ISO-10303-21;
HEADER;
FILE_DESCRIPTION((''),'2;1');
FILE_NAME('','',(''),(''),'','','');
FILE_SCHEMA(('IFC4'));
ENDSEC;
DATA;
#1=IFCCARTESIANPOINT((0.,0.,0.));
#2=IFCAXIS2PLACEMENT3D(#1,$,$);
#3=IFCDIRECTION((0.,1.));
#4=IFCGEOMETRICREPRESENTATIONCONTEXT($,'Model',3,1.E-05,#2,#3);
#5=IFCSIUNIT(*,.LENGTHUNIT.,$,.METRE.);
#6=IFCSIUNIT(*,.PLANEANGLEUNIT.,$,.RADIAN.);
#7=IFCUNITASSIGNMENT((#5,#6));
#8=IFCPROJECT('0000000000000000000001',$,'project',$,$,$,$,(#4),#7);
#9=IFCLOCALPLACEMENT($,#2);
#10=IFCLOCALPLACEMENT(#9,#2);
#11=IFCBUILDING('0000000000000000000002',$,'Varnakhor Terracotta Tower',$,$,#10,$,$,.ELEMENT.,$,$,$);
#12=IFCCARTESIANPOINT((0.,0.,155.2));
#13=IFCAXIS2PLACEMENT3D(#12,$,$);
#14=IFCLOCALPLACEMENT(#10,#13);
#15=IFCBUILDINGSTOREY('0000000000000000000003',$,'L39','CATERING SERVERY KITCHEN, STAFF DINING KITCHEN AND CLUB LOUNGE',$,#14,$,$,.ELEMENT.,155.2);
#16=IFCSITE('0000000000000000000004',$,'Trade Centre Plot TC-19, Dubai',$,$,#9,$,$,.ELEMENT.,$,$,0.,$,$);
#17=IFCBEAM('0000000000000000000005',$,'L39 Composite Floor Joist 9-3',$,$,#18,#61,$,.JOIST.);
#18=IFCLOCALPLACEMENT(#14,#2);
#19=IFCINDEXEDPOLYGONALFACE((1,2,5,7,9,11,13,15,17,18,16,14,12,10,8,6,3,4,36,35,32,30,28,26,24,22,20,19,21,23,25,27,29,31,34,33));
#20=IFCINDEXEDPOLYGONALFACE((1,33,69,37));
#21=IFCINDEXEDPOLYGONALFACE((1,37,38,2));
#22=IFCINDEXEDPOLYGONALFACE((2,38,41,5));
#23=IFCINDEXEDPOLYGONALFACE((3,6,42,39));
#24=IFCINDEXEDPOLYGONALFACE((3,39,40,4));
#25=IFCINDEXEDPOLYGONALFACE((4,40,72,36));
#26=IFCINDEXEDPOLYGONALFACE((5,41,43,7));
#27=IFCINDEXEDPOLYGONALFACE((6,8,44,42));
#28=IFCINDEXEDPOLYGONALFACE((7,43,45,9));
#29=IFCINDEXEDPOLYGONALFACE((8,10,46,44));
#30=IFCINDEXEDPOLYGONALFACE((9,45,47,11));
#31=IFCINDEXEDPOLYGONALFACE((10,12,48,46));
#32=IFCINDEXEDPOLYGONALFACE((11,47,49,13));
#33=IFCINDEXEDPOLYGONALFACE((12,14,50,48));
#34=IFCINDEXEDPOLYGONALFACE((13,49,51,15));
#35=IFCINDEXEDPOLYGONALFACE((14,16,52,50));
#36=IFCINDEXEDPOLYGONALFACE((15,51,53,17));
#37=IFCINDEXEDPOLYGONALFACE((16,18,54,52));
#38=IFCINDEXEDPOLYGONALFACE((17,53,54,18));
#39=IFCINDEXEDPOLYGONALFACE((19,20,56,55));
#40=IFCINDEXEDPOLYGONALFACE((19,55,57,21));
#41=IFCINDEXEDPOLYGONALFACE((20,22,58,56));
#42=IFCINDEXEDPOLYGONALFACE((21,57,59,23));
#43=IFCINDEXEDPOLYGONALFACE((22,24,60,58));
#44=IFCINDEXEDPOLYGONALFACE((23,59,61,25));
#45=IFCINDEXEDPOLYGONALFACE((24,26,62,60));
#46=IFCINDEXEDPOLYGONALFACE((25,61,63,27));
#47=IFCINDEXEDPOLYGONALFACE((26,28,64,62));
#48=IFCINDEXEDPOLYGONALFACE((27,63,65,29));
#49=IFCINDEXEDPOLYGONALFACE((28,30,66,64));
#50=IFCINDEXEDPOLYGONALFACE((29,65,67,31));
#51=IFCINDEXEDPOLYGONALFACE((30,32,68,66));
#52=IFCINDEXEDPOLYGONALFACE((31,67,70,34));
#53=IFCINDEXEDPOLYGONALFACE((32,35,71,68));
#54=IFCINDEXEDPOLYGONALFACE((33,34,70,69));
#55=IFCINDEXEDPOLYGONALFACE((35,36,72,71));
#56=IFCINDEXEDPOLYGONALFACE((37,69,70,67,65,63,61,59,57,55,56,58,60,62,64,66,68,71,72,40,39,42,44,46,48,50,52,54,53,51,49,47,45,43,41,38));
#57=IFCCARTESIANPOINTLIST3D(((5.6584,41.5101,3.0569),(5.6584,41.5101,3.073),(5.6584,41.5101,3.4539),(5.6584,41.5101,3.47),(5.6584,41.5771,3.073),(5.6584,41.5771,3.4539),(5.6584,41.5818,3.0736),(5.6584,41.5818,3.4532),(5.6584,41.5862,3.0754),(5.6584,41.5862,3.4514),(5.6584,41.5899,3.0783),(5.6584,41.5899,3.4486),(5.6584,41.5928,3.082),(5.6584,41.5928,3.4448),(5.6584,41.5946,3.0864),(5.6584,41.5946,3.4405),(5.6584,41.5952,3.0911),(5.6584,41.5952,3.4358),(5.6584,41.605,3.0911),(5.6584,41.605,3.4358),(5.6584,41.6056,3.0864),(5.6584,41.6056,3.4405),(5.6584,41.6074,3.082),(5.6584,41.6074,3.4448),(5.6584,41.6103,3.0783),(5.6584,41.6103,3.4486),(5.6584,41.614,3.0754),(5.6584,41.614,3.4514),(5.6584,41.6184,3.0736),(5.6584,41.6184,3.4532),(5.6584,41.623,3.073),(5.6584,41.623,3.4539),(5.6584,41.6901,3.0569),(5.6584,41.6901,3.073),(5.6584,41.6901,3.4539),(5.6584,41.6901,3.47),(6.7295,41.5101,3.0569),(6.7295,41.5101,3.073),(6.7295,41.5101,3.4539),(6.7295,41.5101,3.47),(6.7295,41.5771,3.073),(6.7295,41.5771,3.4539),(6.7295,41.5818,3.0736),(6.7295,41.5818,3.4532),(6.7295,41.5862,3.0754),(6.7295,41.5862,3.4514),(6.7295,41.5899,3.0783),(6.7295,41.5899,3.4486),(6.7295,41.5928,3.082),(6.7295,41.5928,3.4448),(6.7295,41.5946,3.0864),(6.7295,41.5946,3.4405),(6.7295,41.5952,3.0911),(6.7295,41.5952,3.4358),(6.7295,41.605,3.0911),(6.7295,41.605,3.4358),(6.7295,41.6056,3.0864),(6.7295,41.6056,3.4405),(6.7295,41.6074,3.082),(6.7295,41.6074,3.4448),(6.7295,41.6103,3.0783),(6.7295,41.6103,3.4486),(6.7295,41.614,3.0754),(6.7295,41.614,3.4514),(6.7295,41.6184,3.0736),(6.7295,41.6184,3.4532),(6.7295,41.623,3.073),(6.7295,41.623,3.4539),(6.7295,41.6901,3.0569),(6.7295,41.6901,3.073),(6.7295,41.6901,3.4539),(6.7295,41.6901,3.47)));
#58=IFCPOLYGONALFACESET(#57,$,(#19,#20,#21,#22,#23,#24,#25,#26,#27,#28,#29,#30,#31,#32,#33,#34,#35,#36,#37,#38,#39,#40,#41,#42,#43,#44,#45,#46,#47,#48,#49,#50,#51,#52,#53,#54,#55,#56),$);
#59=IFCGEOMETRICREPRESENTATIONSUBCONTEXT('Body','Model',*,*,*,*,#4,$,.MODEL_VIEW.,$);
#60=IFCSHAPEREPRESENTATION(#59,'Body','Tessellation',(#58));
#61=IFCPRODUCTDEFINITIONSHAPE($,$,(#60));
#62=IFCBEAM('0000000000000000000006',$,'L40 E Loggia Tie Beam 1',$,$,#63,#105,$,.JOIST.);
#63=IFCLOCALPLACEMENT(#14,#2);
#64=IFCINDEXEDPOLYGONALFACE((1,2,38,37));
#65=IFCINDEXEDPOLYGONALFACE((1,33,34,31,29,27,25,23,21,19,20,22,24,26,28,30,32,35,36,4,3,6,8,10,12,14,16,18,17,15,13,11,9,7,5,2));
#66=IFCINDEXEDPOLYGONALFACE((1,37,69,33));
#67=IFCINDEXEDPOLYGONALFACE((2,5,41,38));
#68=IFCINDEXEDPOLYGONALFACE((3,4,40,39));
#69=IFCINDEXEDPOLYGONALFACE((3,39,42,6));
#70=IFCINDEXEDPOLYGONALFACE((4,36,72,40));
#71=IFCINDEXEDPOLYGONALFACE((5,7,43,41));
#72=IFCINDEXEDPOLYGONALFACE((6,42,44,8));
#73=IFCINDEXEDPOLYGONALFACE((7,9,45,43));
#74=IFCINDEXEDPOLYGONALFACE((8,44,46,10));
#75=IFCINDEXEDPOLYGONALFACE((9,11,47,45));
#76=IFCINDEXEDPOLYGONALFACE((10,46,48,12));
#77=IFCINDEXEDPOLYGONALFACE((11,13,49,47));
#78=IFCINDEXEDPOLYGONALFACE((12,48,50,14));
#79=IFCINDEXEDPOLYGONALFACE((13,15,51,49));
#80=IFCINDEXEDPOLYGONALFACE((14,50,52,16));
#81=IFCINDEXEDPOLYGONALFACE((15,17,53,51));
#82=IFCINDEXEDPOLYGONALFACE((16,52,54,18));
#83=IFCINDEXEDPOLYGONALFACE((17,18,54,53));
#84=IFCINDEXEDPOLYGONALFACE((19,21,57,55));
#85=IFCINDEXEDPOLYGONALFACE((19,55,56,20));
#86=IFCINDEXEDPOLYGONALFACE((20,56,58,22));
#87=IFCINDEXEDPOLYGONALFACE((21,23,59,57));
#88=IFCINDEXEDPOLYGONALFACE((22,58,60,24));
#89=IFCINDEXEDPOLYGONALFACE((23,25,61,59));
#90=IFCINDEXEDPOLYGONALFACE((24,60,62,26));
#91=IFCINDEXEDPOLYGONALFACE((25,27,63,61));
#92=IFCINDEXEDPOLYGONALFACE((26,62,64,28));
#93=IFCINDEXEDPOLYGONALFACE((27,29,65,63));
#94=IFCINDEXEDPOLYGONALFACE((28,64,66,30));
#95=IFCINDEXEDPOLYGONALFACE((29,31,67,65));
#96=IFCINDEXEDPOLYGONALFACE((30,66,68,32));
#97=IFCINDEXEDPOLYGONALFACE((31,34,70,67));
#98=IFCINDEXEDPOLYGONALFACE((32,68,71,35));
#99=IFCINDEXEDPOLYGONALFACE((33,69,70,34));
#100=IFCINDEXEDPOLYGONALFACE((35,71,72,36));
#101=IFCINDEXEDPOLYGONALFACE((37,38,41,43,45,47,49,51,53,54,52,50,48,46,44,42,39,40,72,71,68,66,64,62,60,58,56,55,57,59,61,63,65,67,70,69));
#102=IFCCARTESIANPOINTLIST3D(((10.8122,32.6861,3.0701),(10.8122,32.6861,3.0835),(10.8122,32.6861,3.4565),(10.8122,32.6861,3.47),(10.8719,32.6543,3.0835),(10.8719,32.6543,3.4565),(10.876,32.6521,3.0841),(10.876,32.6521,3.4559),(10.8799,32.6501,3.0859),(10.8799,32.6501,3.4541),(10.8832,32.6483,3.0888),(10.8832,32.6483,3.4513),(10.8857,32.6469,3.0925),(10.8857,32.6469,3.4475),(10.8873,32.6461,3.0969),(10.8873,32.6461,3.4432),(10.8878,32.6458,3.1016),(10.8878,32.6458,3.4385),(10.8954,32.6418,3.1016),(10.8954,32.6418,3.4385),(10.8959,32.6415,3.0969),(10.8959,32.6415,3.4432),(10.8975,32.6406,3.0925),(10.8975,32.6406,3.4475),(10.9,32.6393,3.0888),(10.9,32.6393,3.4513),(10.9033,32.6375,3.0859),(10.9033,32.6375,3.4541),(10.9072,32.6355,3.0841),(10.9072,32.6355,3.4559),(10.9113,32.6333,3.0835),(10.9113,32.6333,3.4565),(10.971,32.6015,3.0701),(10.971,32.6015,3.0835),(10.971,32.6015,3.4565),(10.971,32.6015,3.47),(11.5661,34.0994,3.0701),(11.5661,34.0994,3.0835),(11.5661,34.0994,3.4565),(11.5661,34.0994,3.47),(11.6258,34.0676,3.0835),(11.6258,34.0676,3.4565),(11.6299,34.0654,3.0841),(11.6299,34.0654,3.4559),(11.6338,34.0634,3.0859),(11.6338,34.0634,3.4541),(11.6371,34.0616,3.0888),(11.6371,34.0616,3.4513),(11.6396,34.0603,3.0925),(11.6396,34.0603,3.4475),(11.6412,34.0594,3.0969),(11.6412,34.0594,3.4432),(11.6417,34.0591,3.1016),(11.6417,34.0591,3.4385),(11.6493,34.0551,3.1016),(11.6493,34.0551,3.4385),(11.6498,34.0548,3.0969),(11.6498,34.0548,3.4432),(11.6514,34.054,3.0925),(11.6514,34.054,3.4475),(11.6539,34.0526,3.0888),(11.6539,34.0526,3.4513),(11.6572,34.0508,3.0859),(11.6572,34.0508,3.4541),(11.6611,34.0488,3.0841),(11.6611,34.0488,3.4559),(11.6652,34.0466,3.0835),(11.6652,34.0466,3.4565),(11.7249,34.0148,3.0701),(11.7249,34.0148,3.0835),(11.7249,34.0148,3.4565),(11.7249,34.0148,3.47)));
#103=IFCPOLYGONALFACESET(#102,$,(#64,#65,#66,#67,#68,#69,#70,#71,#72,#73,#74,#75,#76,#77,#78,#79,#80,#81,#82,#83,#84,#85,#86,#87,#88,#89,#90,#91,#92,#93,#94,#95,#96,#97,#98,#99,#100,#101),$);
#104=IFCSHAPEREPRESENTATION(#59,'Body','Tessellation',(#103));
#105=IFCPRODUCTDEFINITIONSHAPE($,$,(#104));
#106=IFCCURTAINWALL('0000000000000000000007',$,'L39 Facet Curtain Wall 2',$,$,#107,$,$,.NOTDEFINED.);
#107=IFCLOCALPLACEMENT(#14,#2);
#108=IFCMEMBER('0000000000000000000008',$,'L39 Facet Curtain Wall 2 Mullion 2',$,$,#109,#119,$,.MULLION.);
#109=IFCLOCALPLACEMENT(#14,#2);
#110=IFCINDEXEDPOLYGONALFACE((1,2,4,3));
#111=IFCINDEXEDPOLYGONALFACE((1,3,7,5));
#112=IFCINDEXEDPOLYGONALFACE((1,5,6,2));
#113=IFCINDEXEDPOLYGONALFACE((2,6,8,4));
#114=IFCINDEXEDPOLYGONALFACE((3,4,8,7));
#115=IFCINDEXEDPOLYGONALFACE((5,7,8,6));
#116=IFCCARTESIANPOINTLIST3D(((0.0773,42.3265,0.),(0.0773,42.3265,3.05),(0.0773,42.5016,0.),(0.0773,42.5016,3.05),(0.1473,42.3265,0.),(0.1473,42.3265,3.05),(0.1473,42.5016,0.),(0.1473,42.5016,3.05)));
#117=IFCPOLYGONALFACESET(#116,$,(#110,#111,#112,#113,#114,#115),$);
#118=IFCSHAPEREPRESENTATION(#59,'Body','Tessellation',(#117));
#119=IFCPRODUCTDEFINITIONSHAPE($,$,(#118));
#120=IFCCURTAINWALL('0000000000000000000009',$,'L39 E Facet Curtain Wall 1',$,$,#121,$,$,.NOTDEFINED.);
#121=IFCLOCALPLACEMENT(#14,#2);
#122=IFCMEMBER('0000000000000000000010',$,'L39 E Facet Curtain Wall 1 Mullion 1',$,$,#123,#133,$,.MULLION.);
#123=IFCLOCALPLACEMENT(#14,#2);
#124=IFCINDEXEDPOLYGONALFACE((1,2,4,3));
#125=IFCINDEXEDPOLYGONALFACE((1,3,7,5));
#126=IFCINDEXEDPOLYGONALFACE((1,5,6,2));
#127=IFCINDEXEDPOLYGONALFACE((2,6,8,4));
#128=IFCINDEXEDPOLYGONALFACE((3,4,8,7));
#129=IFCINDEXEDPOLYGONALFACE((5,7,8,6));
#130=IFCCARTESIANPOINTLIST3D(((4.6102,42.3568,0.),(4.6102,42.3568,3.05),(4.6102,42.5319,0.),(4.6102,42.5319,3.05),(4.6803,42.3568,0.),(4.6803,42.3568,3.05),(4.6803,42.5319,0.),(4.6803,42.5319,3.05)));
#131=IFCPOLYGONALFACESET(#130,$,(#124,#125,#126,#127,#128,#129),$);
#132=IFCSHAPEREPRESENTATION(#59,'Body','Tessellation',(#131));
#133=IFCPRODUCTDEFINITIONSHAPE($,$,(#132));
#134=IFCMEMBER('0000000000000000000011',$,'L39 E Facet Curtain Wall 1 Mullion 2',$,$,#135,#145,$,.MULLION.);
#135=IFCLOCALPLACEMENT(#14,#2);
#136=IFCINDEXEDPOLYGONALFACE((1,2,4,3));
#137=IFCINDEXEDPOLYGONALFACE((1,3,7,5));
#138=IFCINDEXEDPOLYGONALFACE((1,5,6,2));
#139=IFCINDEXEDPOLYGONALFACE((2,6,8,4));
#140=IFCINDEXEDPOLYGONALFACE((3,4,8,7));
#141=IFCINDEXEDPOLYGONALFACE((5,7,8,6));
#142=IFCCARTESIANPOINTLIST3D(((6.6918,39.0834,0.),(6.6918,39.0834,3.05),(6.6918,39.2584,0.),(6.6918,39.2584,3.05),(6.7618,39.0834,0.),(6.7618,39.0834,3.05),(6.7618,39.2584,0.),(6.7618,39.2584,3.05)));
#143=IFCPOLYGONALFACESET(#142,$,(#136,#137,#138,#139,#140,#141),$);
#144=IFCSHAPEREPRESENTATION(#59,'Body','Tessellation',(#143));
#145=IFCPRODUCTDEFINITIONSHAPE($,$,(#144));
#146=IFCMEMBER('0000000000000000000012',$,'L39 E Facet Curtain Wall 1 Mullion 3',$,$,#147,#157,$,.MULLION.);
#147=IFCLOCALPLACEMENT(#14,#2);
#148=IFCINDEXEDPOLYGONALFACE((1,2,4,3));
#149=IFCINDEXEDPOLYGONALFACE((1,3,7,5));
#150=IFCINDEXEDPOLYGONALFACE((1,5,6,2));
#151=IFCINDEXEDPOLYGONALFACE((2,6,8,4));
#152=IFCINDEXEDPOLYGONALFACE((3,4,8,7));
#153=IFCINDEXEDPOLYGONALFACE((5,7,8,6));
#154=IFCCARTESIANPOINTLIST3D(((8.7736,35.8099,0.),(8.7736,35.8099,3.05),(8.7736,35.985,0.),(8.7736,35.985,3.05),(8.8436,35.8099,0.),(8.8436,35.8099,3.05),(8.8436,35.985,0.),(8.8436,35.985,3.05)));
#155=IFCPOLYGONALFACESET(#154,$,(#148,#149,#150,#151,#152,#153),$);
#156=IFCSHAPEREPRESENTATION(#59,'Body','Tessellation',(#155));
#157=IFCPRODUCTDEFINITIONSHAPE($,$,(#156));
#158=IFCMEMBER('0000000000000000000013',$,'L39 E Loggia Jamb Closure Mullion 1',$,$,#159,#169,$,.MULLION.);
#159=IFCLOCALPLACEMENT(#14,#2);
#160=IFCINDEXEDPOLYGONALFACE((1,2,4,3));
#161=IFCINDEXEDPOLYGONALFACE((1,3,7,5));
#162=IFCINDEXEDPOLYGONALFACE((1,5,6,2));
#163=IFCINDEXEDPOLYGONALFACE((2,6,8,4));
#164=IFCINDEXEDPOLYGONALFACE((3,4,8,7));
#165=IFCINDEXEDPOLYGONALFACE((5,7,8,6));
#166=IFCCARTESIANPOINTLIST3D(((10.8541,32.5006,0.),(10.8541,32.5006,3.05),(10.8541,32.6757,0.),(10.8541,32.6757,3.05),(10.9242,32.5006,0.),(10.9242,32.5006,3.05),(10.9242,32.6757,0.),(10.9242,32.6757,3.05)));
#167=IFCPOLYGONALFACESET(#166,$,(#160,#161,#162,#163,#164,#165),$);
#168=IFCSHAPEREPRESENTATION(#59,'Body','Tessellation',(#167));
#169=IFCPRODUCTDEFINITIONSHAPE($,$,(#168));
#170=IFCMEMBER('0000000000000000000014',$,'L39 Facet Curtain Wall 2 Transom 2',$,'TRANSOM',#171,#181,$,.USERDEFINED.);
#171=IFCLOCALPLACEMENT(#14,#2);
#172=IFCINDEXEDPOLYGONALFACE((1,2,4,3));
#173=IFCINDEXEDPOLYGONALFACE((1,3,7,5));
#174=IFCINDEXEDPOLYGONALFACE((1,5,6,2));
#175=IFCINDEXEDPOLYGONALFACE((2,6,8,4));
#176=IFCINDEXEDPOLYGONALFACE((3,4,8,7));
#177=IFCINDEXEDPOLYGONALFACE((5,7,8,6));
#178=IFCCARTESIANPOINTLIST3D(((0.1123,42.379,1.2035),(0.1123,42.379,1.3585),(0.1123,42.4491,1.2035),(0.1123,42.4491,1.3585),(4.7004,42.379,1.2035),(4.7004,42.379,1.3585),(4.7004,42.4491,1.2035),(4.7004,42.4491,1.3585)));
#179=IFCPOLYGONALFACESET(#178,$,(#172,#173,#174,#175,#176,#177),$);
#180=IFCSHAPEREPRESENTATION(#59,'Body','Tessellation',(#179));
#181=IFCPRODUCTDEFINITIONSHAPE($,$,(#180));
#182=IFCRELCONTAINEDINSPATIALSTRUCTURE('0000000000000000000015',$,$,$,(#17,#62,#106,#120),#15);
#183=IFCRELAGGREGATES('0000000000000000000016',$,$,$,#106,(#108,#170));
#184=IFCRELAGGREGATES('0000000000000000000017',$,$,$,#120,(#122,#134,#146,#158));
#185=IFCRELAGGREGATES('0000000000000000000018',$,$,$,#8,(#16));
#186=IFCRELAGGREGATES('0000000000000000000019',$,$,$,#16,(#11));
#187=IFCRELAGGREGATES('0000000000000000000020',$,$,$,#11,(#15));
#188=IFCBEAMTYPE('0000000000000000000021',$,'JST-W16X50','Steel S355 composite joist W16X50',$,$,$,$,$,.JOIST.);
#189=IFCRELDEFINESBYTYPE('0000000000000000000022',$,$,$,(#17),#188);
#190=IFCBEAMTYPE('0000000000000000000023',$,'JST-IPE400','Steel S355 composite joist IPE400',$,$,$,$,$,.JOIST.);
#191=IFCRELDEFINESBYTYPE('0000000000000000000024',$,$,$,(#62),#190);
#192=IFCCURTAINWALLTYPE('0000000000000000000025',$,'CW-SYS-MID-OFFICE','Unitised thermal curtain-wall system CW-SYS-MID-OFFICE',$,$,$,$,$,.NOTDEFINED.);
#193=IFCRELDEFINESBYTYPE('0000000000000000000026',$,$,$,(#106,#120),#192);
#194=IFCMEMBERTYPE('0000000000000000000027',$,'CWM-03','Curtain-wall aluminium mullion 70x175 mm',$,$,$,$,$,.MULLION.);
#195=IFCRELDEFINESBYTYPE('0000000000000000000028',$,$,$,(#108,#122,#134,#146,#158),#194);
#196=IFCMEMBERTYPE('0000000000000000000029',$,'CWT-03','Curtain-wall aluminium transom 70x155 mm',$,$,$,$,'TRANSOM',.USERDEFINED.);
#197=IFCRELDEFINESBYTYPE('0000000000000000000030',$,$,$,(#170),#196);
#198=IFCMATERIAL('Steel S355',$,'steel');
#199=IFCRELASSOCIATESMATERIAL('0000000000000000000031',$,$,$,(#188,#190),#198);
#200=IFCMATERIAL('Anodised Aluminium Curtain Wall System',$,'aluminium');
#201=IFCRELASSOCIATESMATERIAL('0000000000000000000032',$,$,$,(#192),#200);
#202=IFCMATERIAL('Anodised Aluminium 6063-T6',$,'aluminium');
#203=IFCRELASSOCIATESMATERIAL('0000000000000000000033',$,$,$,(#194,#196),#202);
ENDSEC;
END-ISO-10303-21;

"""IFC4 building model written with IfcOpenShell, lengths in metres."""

from ifc_helpers import new_model, si_unit, direction, frame, origin, origin_2d, place, context, subcontext, project, spatial, rectangle, i_section, extrude, source, transform, mapped, material, material_profile, profile_set, type_object, element, aggregate, save


model = new_model("IFC4")

# Units and contexts
model_context = context("Model", 3, precision=1e-05, world=origin(), true_north=direction((0.0, 1.0)))
body_context = subcontext(model_context, "Body", "Model", "MODEL_VIEW")
ifc_project = project(units=[si_unit("LENGTHUNIT", "METRE"), si_unit("PLANEANGLEUNIT", "RADIAN")], contexts=[model_context])

# Site, building, storey
site_placement = place(None, origin())
site = spatial("IfcSite", under=ifc_project, at=site_placement, Name="Trade Centre Plot TC-19, Dubai", CompositionType="ELEMENT", RefElevation=0.0)
building_placement = place(site_placement, origin())
building = spatial("IfcBuilding", under=site, at=building_placement, Name="Varnakhor Terracotta Tower", CompositionType="ELEMENT")
storey_placement = place(building_placement, frame((0.0, 0.0, 155.2)))
storey = spatial("IfcBuildingStorey", under=building, at=storey_placement, Name="L39", Description="CATERING SERVERY KITCHEN, STAFF DINING KITCHEN AND CLUB LOUNGE", CompositionType="ELEMENT", Elevation=155.2)

# Beams
ifc_material_1 = material(Name="Steel S355", Category="steel")
ifc_material_profile_1 = material_profile(ifc_material_1, i_section(OverallWidth=0.1799, OverallDepth=0.4131, WebThickness=0.0098, FlangeThickness=0.0161, FilletRadius=0.0181, at=origin_2d()), Name="W16X50")
ifc_profile_set_1 = profile_set([ifc_material_profile_1], Name="Steel S355")
beam_type_1 = type_object("IfcBeamType", Name="JST-W16X50", Description="Steel S355 composite joist W16X50", PredefinedType="JOIST", material=ifc_profile_set_1)
shared_shape_1 = source(origin(), body_context, "Body", "SweptSolid", [
    extrude(i_section(OverallWidth=0.1799, OverallDepth=0.4131, WebThickness=0.0098, FlangeThickness=0.0161, FilletRadius=0.0181, at=origin_2d()), origin(), (0.0, 0.0, 1.0), 1.071),
])
beam_1_placement = place(storey_placement, frame((5.6584, 41.6001, 3.2634), z_axis=(1.0, 0.0, 0.0), x_axis=(0.0, 1.0, 0.0)))
element("IfcBeam", 1, at=beam_1_placement, inside=storey, type_object=beam_type_1, Name="L39 Composite Floor Joist 9-3", PredefinedType="JOIST", context=body_context, shape_type="MappedRepresentation", body=[
    mapped(shared_shape_1, transform((0.0, 0.0, 0.0), scale=1.0)),
])
ifc_material_profile_2 = material_profile(ifc_material_1, i_section(OverallWidth=0.1799, OverallDepth=0.3999, WebThickness=0.0085, FlangeThickness=0.0134, FilletRadius=0.0181, at=origin_2d()), Name="IPE400")
ifc_profile_set_2 = profile_set([ifc_material_profile_2], Name="Steel S355")
beam_type_2 = type_object("IfcBeamType", Name="JST-IPE400", Description="Steel S355 composite joist IPE400", PredefinedType="JOIST", material=ifc_profile_set_2)
shared_shape_2 = source(origin(), body_context, "Body", "SweptSolid", [
    extrude(i_section(OverallWidth=0.1799, OverallDepth=0.3999, WebThickness=0.0085, FlangeThickness=0.0134, FilletRadius=0.0181, at=origin_2d()), origin(), (0.0, 0.0, 1.0), 1.6018),
])
beam_2_placement = place(storey_placement, frame((10.8916, 32.6438, 3.27), z_axis=(0.470652, 0.882319, 0.0), x_axis=(-0.882319, 0.470652, 0.0)))
element("IfcBeam", 2, at=beam_2_placement, inside=storey, type_object=beam_type_2, Name="L40 E Loggia Tie Beam 1", PredefinedType="JOIST", context=body_context, shape_type="MappedRepresentation", body=[
    mapped(shared_shape_2, transform((0.0, 0.0, 0.0), scale=1.0)),
])

# Curtain wall, member
ifc_material_2 = material(Name="Anodised Aluminium Curtain Wall System", Category="aluminium")
curtain_wall_type = type_object("IfcCurtainWallType", Name="CW-SYS-MID-OFFICE", Description="Unitised thermal curtain-wall system CW-SYS-MID-OFFICE", PredefinedType="NOTDEFINED", material=ifc_material_2)
curtain_wall_1_placement = place(storey_placement, origin())
curtain_wall_1 = element("IfcCurtainWall", 3, at=curtain_wall_1_placement, inside=storey, type_object=curtain_wall_type, Name="L39 Facet Curtain Wall 2", PredefinedType="NOTDEFINED")
ifc_material_3 = material(Name="Anodised Aluminium 6063-T6", Category="aluminium")
ifc_material_profile_3 = material_profile(ifc_material_3, rectangle(XDim=0.0701, YDim=0.175, at=origin_2d()), Name="ALU MULLION 70x175")
ifc_profile_set_3 = profile_set([ifc_material_profile_3], Name="Anodised Aluminium 6063-T6")
member_type_1 = type_object("IfcMemberType", Name="CWM-03", Description="Curtain-wall aluminium mullion 70x175 mm", PredefinedType="MULLION", material=ifc_profile_set_3)
shared_shape_3 = source(origin(), body_context, "Body", "SweptSolid", [
    extrude(rectangle(XDim=0.0701, YDim=0.175, at=origin_2d()), origin(), (0.0, 0.0, 1.0), 3.05),
])
member_1_placement = place(storey_placement, frame((0.1123, 42.4141, 0.0), z_axis=(0.0, 0.0, 1.0), x_axis=(1.0, 0.0, 0.0)))
member_1 = element("IfcMember", 4, at=member_1_placement, type_object=member_type_1, Name="L39 Facet Curtain Wall 2 Mullion 2", PredefinedType="MULLION", context=body_context, shape_type="MappedRepresentation", body=[
    mapped(shared_shape_3, transform((0.0, 0.0, 0.0), scale=1.0)),
])

# Curtain wall, members
curtain_wall_2_placement = place(storey_placement, origin())
curtain_wall_2 = element("IfcCurtainWall", 5, at=curtain_wall_2_placement, inside=storey, type_object=curtain_wall_type, Name="L39 E Facet Curtain Wall 1", PredefinedType="NOTDEFINED")
member_2_placement = place(storey_placement, frame((4.6453, 42.4443, 0.0), z_axis=(0.0, 0.0, 1.0), x_axis=(1.0, 0.0, 0.0)))
member_2 = element("IfcMember", 6, at=member_2_placement, type_object=member_type_1, Name="L39 E Facet Curtain Wall 1 Mullion 1", PredefinedType="MULLION", context=body_context, shape_type="MappedRepresentation", body=[
    mapped(shared_shape_3, transform((0.0, 0.0, 0.0), scale=1.0)),
])
member_3_placement = place(storey_placement, frame((6.7268, 39.1709, 0.0), z_axis=(0.0, 0.0, 1.0), x_axis=(1.0, 0.0, 0.0)))
member_3 = element("IfcMember", 7, at=member_3_placement, type_object=member_type_1, Name="L39 E Facet Curtain Wall 1 Mullion 2", PredefinedType="MULLION", context=body_context, shape_type="MappedRepresentation", body=[
    mapped(shared_shape_3, transform((0.0, 0.0, 0.0), scale=1.0)),
])
member_4_placement = place(storey_placement, frame((8.8086, 35.8975, 0.0), z_axis=(0.0, 0.0, 1.0), x_axis=(1.0, 0.0, 0.0)))
member_4 = element("IfcMember", 8, at=member_4_placement, type_object=member_type_1, Name="L39 E Facet Curtain Wall 1 Mullion 3", PredefinedType="MULLION", context=body_context, shape_type="MappedRepresentation", body=[
    mapped(shared_shape_3, transform((0.0, 0.0, 0.0), scale=1.0)),
])
member_5_placement = place(storey_placement, frame((10.8892, 32.5881, 0.0), z_axis=(0.0, 0.0, 1.0), x_axis=(1.0, 0.0, 0.0)))
member_5 = element("IfcMember", 9, at=member_5_placement, type_object=member_type_1, Name="L39 E Loggia Jamb Closure Mullion 1", PredefinedType="MULLION", context=body_context, shape_type="MappedRepresentation", body=[
    mapped(shared_shape_3, transform((0.0, 0.0, 0.0), scale=1.0)),
])

# Member
ifc_material_profile_4 = material_profile(ifc_material_3, rectangle(XDim=0.0701, YDim=0.155, at=origin_2d()), Name="ALU TRANSOM 70x155")
ifc_profile_set_4 = profile_set([ifc_material_profile_4], Name="Anodised Aluminium 6063-T6")
member_type_2 = type_object("IfcMemberType", Name="CWT-03", Description="Curtain-wall aluminium transom 70x155 mm", ElementType="TRANSOM", PredefinedType="USERDEFINED", material=ifc_profile_set_4)
shared_shape_4 = source(origin(), body_context, "Body", "SweptSolid", [
    extrude(rectangle(XDim=0.0701, YDim=0.155, at=origin_2d()), origin(), (0.0, 0.0, 1.0), 4.5881),
])
member_6_placement = place(storey_placement, frame((0.1123, 42.4141, 1.281), z_axis=(1.0, 0.0, 0.0), x_axis=(0.0, 1.0, 0.0)))
member_6 = element("IfcMember", 10, at=member_6_placement, type_object=member_type_2, Name="L39 Facet Curtain Wall 2 Transom 2", ObjectType="TRANSOM", PredefinedType="USERDEFINED", context=body_context, shape_type="MappedRepresentation", body=[
    mapped(shared_shape_4, transform((0.0, 0.0, 0.0), scale=1.0)),
])

aggregate(curtain_wall_1, [member_1, member_6])
aggregate(curtain_wall_2, [member_2, member_3, member_4, member_5])

save(model, "model.ifc")
